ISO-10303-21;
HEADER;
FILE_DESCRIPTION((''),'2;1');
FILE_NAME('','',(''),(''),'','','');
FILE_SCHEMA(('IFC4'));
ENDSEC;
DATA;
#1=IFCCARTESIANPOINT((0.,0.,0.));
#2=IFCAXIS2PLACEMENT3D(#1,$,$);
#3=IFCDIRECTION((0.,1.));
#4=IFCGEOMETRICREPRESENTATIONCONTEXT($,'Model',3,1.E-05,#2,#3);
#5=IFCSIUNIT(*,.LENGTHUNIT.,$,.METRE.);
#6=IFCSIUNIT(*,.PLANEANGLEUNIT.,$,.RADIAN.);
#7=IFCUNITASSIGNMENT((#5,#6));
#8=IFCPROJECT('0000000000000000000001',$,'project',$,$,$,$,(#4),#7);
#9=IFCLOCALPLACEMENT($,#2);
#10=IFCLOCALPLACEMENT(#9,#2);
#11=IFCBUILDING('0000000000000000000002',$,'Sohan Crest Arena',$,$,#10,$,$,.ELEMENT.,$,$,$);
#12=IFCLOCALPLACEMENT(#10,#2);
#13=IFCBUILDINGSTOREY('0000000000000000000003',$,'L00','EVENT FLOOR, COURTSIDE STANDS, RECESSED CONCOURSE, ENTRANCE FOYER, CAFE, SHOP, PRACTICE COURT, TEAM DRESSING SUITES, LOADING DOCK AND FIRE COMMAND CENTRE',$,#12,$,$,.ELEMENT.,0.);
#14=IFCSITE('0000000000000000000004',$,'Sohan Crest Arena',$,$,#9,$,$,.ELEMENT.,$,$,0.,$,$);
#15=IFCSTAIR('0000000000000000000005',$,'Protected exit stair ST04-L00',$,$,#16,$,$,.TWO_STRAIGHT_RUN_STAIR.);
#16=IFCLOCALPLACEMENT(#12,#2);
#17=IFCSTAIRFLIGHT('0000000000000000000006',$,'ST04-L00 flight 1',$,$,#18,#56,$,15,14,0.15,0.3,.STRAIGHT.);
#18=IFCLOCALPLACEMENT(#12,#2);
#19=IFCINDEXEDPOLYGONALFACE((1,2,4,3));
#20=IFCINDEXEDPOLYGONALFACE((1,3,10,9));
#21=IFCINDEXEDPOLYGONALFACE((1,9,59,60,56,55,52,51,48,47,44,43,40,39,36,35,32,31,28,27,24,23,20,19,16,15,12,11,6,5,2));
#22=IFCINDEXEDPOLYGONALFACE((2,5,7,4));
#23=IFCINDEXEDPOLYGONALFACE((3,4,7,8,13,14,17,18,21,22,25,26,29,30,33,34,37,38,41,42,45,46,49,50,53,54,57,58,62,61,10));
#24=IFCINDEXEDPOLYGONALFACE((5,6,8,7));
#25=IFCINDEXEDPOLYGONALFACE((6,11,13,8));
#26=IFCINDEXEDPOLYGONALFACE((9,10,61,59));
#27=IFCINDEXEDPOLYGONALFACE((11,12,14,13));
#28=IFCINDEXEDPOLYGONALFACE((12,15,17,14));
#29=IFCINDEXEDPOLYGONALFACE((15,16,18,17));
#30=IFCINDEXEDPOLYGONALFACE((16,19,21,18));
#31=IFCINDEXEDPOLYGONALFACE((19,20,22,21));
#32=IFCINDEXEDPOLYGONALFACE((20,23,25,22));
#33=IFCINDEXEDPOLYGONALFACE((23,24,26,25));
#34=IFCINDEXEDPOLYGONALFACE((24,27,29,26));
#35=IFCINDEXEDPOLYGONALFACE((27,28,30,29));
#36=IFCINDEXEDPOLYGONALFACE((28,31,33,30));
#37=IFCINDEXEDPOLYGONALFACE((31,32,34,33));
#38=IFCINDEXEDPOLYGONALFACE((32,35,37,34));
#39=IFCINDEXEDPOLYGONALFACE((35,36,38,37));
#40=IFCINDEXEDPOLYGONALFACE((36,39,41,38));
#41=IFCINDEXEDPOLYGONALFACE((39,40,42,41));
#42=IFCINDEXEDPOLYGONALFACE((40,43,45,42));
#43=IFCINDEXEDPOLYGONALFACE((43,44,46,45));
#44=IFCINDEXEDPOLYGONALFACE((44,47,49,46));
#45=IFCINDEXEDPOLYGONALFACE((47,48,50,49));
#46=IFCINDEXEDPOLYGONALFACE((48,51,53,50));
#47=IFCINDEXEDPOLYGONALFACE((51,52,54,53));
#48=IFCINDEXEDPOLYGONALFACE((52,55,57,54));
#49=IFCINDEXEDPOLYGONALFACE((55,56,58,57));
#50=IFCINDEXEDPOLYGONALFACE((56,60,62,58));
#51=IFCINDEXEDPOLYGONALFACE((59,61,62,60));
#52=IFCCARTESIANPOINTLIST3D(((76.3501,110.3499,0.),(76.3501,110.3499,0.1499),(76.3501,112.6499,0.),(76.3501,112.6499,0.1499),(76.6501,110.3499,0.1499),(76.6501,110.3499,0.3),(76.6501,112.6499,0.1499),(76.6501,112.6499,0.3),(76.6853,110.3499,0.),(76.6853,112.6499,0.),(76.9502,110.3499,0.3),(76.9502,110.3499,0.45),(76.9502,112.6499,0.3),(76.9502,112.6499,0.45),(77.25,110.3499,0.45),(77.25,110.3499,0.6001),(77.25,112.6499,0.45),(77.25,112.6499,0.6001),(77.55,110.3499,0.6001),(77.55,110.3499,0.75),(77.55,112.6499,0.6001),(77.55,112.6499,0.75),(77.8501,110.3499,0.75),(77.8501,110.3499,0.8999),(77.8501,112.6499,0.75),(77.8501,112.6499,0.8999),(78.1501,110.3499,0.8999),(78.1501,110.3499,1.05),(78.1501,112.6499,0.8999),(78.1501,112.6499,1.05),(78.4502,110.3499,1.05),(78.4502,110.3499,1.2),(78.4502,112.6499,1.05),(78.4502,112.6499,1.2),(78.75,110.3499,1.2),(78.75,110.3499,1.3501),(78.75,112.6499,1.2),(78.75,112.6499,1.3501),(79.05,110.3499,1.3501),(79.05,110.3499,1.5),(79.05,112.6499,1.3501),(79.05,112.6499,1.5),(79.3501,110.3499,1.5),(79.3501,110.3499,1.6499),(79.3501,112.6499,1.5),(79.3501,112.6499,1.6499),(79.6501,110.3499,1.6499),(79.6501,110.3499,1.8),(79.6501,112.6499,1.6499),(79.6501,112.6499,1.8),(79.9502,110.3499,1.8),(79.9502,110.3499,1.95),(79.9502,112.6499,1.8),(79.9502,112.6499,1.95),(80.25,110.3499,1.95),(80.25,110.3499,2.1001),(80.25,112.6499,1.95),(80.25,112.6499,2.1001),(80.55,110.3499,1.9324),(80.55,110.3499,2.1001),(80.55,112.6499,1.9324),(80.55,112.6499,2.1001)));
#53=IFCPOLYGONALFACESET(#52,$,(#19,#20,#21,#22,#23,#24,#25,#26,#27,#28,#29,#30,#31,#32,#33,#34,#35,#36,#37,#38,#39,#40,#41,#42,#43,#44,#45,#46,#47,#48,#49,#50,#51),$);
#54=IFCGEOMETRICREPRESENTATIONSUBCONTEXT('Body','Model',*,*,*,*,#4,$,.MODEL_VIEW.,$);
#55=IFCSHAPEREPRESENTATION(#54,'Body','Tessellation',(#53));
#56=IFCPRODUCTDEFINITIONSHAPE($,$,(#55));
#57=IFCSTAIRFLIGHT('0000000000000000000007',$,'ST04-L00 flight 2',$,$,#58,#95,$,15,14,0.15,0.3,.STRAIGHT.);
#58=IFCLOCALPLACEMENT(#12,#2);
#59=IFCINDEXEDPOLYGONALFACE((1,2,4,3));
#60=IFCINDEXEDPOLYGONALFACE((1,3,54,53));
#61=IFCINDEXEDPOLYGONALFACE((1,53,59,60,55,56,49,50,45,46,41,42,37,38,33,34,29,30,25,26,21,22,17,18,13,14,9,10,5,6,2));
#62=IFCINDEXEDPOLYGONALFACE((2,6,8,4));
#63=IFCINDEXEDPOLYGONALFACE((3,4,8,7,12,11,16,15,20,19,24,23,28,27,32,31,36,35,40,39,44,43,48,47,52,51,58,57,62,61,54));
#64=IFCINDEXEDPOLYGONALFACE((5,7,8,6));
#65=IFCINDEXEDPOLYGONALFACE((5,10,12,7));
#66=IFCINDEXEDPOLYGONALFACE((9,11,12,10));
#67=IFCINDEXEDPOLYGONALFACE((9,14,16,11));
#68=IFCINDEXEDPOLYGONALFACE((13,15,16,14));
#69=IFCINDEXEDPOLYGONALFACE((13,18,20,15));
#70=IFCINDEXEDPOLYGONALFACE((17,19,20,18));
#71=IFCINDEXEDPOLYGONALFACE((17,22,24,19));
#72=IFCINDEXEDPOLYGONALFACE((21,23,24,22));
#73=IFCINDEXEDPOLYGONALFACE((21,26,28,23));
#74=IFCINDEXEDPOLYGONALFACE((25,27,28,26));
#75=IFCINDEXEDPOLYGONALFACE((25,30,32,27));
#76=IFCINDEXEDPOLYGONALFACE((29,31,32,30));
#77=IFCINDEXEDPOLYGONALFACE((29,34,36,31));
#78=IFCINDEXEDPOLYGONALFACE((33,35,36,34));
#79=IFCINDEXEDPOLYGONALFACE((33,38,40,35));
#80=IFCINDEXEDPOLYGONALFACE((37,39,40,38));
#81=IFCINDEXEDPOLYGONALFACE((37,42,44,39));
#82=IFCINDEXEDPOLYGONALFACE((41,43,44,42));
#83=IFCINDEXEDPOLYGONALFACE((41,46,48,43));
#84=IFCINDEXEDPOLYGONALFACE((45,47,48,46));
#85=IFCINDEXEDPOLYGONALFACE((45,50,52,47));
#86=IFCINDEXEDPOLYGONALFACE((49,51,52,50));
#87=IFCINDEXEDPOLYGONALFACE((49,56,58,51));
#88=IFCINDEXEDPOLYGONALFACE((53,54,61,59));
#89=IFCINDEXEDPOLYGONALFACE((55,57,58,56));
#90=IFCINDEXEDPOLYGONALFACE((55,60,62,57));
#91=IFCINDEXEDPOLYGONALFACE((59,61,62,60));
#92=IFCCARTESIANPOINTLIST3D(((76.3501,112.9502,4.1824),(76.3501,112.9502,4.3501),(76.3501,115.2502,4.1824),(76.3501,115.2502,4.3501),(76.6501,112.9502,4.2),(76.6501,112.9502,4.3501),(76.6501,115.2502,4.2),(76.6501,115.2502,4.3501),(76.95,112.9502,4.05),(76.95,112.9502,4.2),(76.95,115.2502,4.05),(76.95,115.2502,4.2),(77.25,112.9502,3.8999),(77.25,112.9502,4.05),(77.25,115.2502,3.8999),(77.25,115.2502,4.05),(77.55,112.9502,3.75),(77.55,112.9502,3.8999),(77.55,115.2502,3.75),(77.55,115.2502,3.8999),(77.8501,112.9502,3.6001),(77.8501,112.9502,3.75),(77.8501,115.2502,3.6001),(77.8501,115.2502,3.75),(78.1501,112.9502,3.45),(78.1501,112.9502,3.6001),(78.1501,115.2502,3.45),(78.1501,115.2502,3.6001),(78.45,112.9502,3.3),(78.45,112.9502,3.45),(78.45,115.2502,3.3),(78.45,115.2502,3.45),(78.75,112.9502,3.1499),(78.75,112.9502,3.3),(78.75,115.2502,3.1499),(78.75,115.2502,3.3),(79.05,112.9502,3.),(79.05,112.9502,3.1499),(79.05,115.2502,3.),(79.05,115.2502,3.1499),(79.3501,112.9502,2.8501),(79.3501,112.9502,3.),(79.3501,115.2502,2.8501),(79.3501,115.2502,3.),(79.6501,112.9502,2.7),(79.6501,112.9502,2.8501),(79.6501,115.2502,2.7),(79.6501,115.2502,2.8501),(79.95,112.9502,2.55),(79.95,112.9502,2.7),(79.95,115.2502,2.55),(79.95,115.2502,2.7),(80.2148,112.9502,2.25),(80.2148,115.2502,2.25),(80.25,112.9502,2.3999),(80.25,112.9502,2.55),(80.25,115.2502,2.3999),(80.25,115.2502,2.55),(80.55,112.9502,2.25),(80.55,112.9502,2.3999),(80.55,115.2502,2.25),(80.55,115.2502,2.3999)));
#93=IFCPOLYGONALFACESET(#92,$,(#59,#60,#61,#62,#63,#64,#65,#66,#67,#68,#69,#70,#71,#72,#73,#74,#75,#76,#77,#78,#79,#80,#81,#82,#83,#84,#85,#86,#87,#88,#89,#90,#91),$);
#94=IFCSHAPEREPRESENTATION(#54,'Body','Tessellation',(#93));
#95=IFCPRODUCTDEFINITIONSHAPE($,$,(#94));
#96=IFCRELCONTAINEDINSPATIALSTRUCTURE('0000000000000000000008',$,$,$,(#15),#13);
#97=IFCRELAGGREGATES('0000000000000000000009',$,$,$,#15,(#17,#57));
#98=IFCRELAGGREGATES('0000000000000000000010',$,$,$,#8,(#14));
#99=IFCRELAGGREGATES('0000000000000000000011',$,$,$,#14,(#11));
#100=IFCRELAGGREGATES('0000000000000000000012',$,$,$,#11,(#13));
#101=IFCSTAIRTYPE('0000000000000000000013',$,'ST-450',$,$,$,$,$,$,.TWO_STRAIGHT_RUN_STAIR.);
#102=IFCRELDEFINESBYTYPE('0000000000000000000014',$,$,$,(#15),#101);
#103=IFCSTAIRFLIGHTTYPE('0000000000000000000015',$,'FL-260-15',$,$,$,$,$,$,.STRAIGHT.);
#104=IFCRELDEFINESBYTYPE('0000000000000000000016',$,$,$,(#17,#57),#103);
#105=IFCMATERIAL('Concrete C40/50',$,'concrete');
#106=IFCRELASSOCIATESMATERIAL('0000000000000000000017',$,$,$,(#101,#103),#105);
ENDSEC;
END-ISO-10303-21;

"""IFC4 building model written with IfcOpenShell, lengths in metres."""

from ifc_helpers import new_model, si_unit, direction, frame, origin, place, context, subcontext, project, spatial, polyline, outline, extrude, material, type_object, element, aggregate, save


model = new_model("IFC4")

# Units and contexts
model_context = context("Model", 3, precision=1e-05, world=origin(), true_north=direction((0.0, 1.0)))
body_context = subcontext(model_context, "Body", "Model", "MODEL_VIEW")
ifc_project = project(units=[si_unit("LENGTHUNIT", "METRE"), si_unit("PLANEANGLEUNIT", "RADIAN")], contexts=[model_context])

# Site, building, storey
site_placement = place(None, origin())
site = spatial("IfcSite", under=ifc_project, at=site_placement, Name="Sohan Crest Arena", CompositionType="ELEMENT", RefElevation=0.0)
building_placement = place(site_placement, origin())
building = spatial("IfcBuilding", under=site, at=building_placement, Name="Sohan Crest Arena", CompositionType="ELEMENT")
storey_placement = place(building_placement, origin())
storey = spatial("IfcBuildingStorey", under=building, at=storey_placement, Name="L00", Description="EVENT FLOOR, COURTSIDE STANDS, RECESSED CONCOURSE, ENTRANCE FOYER, CAFE, SHOP, PRACTICE COURT, TEAM DRESSING SUITES, LOADING DOCK AND FIRE COMMAND CENTRE", CompositionType="ELEMENT", Elevation=0.0)

# Shared definitions
ifc_material_1 = material(Name="Concrete C40/50", Category="concrete")

# Stair, stair flights
stair_type = type_object("IfcStairType", Name="ST-450", PredefinedType="TWO_STRAIGHT_RUN_STAIR", material=ifc_material_1)
stair_placement = place(storey_placement, origin())
stair = element("IfcStair", 1, at=stair_placement, inside=storey, type_object=stair_type, Name="Protected exit stair ST04-L00", PredefinedType="TWO_STRAIGHT_RUN_STAIR")
stair_flight_type = type_object("IfcStairFlightType", Name="FL-260-15", PredefinedType="STRAIGHT", material=ifc_material_1)
stair_flight_1_placement = place(storey_placement, frame((76.3501, 111.5, 0.0), z_axis=(0.0, 0.0, 1.0), x_axis=(1.0, 0.0, 0.0)))
stair_flight_1 = element("IfcStairFlight", 2, at=stair_flight_1_placement, type_object=stair_flight_type, Name="ST04-L00 flight 1", NumberOfRisers=15, NumberOfTreads=14, PredefinedType="STRAIGHT", RiserHeight=0.15, TreadLength=0.3, context=body_context, shape_type="SweptSolid", body=[
    extrude(outline(polyline([(0.0, 0.0), (0.0, 0.1499), (0.3, 0.1499), (0.3, 0.3), (0.6001, 0.3), (0.6001, 0.45), (0.8999, 0.45), (0.8999, 0.6001), (1.2, 0.6001), (1.2, 0.75), (1.5, 0.75), (1.5, 0.8999), (1.8, 0.8999), (1.8, 1.05), (2.1001, 1.05), (2.1001, 1.2), (2.3999, 1.2), (2.3999, 1.3501), (2.7, 1.3501), (2.7, 1.5), (3.0, 1.5), (3.0, 1.6499), (3.3, 1.6499), (3.3, 1.8), (3.6001, 1.8), (3.6001, 1.95), (3.8999, 1.95), (3.8999, 2.1001), (4.2, 2.1001), (4.2, 2.25), (4.2, 1.9324), (0.3352, 0.0), (0.0, 0.0)])), frame((0.0, 1.1499, 0.0), z_axis=(0.0, -1.0, 0.0), x_axis=(1.0, 0.0, 0.0)), (0.0, 0.0, 1.0), 2.3),
])
stair_flight_2_placement = place(storey_placement, frame((80.55, 114.1001, 2.25), z_axis=(0.0, 0.0, 1.0), x_axis=(-1.0, 0.0, 0.0)))
stair_flight_2 = element("IfcStairFlight", 3, at=stair_flight_2_placement, type_object=stair_flight_type, Name="ST04-L00 flight 2", NumberOfRisers=15, NumberOfTreads=14, PredefinedType="STRAIGHT", RiserHeight=0.15, TreadLength=0.3, context=body_context, shape_type="SweptSolid", body=[
    extrude(outline(polyline([(0.0, 0.0), (0.0, 0.1499), (0.3, 0.1499), (0.3, 0.3), (0.6001, 0.3), (0.6001, 0.45), (0.8999, 0.45), (0.8999, 0.6001), (1.2, 0.6001), (1.2, 0.75), (1.5, 0.75), (1.5, 0.8999), (1.8, 0.8999), (1.8, 1.05), (2.1001, 1.05), (2.1001, 1.2), (2.3999, 1.2), (2.3999, 1.3501), (2.7, 1.3501), (2.7, 1.5), (3.0, 1.5), (3.0, 1.6499), (3.3, 1.6499), (3.3, 1.8), (3.6001, 1.8), (3.6001, 1.95), (3.8999, 1.95), (3.8999, 2.1001), (4.2, 2.1001), (4.2, 2.25), (4.2, 1.9324), (0.3352, 0.0), (0.0, 0.0)])), frame((0.0, 1.1499, 0.0), z_axis=(0.0, -1.0, 0.0), x_axis=(1.0, 0.0, 0.0)), (0.0, 0.0, 1.0), 2.3),
])
aggregate(stair, [stair_flight_1, stair_flight_2])

save(model, "model.ifc")
